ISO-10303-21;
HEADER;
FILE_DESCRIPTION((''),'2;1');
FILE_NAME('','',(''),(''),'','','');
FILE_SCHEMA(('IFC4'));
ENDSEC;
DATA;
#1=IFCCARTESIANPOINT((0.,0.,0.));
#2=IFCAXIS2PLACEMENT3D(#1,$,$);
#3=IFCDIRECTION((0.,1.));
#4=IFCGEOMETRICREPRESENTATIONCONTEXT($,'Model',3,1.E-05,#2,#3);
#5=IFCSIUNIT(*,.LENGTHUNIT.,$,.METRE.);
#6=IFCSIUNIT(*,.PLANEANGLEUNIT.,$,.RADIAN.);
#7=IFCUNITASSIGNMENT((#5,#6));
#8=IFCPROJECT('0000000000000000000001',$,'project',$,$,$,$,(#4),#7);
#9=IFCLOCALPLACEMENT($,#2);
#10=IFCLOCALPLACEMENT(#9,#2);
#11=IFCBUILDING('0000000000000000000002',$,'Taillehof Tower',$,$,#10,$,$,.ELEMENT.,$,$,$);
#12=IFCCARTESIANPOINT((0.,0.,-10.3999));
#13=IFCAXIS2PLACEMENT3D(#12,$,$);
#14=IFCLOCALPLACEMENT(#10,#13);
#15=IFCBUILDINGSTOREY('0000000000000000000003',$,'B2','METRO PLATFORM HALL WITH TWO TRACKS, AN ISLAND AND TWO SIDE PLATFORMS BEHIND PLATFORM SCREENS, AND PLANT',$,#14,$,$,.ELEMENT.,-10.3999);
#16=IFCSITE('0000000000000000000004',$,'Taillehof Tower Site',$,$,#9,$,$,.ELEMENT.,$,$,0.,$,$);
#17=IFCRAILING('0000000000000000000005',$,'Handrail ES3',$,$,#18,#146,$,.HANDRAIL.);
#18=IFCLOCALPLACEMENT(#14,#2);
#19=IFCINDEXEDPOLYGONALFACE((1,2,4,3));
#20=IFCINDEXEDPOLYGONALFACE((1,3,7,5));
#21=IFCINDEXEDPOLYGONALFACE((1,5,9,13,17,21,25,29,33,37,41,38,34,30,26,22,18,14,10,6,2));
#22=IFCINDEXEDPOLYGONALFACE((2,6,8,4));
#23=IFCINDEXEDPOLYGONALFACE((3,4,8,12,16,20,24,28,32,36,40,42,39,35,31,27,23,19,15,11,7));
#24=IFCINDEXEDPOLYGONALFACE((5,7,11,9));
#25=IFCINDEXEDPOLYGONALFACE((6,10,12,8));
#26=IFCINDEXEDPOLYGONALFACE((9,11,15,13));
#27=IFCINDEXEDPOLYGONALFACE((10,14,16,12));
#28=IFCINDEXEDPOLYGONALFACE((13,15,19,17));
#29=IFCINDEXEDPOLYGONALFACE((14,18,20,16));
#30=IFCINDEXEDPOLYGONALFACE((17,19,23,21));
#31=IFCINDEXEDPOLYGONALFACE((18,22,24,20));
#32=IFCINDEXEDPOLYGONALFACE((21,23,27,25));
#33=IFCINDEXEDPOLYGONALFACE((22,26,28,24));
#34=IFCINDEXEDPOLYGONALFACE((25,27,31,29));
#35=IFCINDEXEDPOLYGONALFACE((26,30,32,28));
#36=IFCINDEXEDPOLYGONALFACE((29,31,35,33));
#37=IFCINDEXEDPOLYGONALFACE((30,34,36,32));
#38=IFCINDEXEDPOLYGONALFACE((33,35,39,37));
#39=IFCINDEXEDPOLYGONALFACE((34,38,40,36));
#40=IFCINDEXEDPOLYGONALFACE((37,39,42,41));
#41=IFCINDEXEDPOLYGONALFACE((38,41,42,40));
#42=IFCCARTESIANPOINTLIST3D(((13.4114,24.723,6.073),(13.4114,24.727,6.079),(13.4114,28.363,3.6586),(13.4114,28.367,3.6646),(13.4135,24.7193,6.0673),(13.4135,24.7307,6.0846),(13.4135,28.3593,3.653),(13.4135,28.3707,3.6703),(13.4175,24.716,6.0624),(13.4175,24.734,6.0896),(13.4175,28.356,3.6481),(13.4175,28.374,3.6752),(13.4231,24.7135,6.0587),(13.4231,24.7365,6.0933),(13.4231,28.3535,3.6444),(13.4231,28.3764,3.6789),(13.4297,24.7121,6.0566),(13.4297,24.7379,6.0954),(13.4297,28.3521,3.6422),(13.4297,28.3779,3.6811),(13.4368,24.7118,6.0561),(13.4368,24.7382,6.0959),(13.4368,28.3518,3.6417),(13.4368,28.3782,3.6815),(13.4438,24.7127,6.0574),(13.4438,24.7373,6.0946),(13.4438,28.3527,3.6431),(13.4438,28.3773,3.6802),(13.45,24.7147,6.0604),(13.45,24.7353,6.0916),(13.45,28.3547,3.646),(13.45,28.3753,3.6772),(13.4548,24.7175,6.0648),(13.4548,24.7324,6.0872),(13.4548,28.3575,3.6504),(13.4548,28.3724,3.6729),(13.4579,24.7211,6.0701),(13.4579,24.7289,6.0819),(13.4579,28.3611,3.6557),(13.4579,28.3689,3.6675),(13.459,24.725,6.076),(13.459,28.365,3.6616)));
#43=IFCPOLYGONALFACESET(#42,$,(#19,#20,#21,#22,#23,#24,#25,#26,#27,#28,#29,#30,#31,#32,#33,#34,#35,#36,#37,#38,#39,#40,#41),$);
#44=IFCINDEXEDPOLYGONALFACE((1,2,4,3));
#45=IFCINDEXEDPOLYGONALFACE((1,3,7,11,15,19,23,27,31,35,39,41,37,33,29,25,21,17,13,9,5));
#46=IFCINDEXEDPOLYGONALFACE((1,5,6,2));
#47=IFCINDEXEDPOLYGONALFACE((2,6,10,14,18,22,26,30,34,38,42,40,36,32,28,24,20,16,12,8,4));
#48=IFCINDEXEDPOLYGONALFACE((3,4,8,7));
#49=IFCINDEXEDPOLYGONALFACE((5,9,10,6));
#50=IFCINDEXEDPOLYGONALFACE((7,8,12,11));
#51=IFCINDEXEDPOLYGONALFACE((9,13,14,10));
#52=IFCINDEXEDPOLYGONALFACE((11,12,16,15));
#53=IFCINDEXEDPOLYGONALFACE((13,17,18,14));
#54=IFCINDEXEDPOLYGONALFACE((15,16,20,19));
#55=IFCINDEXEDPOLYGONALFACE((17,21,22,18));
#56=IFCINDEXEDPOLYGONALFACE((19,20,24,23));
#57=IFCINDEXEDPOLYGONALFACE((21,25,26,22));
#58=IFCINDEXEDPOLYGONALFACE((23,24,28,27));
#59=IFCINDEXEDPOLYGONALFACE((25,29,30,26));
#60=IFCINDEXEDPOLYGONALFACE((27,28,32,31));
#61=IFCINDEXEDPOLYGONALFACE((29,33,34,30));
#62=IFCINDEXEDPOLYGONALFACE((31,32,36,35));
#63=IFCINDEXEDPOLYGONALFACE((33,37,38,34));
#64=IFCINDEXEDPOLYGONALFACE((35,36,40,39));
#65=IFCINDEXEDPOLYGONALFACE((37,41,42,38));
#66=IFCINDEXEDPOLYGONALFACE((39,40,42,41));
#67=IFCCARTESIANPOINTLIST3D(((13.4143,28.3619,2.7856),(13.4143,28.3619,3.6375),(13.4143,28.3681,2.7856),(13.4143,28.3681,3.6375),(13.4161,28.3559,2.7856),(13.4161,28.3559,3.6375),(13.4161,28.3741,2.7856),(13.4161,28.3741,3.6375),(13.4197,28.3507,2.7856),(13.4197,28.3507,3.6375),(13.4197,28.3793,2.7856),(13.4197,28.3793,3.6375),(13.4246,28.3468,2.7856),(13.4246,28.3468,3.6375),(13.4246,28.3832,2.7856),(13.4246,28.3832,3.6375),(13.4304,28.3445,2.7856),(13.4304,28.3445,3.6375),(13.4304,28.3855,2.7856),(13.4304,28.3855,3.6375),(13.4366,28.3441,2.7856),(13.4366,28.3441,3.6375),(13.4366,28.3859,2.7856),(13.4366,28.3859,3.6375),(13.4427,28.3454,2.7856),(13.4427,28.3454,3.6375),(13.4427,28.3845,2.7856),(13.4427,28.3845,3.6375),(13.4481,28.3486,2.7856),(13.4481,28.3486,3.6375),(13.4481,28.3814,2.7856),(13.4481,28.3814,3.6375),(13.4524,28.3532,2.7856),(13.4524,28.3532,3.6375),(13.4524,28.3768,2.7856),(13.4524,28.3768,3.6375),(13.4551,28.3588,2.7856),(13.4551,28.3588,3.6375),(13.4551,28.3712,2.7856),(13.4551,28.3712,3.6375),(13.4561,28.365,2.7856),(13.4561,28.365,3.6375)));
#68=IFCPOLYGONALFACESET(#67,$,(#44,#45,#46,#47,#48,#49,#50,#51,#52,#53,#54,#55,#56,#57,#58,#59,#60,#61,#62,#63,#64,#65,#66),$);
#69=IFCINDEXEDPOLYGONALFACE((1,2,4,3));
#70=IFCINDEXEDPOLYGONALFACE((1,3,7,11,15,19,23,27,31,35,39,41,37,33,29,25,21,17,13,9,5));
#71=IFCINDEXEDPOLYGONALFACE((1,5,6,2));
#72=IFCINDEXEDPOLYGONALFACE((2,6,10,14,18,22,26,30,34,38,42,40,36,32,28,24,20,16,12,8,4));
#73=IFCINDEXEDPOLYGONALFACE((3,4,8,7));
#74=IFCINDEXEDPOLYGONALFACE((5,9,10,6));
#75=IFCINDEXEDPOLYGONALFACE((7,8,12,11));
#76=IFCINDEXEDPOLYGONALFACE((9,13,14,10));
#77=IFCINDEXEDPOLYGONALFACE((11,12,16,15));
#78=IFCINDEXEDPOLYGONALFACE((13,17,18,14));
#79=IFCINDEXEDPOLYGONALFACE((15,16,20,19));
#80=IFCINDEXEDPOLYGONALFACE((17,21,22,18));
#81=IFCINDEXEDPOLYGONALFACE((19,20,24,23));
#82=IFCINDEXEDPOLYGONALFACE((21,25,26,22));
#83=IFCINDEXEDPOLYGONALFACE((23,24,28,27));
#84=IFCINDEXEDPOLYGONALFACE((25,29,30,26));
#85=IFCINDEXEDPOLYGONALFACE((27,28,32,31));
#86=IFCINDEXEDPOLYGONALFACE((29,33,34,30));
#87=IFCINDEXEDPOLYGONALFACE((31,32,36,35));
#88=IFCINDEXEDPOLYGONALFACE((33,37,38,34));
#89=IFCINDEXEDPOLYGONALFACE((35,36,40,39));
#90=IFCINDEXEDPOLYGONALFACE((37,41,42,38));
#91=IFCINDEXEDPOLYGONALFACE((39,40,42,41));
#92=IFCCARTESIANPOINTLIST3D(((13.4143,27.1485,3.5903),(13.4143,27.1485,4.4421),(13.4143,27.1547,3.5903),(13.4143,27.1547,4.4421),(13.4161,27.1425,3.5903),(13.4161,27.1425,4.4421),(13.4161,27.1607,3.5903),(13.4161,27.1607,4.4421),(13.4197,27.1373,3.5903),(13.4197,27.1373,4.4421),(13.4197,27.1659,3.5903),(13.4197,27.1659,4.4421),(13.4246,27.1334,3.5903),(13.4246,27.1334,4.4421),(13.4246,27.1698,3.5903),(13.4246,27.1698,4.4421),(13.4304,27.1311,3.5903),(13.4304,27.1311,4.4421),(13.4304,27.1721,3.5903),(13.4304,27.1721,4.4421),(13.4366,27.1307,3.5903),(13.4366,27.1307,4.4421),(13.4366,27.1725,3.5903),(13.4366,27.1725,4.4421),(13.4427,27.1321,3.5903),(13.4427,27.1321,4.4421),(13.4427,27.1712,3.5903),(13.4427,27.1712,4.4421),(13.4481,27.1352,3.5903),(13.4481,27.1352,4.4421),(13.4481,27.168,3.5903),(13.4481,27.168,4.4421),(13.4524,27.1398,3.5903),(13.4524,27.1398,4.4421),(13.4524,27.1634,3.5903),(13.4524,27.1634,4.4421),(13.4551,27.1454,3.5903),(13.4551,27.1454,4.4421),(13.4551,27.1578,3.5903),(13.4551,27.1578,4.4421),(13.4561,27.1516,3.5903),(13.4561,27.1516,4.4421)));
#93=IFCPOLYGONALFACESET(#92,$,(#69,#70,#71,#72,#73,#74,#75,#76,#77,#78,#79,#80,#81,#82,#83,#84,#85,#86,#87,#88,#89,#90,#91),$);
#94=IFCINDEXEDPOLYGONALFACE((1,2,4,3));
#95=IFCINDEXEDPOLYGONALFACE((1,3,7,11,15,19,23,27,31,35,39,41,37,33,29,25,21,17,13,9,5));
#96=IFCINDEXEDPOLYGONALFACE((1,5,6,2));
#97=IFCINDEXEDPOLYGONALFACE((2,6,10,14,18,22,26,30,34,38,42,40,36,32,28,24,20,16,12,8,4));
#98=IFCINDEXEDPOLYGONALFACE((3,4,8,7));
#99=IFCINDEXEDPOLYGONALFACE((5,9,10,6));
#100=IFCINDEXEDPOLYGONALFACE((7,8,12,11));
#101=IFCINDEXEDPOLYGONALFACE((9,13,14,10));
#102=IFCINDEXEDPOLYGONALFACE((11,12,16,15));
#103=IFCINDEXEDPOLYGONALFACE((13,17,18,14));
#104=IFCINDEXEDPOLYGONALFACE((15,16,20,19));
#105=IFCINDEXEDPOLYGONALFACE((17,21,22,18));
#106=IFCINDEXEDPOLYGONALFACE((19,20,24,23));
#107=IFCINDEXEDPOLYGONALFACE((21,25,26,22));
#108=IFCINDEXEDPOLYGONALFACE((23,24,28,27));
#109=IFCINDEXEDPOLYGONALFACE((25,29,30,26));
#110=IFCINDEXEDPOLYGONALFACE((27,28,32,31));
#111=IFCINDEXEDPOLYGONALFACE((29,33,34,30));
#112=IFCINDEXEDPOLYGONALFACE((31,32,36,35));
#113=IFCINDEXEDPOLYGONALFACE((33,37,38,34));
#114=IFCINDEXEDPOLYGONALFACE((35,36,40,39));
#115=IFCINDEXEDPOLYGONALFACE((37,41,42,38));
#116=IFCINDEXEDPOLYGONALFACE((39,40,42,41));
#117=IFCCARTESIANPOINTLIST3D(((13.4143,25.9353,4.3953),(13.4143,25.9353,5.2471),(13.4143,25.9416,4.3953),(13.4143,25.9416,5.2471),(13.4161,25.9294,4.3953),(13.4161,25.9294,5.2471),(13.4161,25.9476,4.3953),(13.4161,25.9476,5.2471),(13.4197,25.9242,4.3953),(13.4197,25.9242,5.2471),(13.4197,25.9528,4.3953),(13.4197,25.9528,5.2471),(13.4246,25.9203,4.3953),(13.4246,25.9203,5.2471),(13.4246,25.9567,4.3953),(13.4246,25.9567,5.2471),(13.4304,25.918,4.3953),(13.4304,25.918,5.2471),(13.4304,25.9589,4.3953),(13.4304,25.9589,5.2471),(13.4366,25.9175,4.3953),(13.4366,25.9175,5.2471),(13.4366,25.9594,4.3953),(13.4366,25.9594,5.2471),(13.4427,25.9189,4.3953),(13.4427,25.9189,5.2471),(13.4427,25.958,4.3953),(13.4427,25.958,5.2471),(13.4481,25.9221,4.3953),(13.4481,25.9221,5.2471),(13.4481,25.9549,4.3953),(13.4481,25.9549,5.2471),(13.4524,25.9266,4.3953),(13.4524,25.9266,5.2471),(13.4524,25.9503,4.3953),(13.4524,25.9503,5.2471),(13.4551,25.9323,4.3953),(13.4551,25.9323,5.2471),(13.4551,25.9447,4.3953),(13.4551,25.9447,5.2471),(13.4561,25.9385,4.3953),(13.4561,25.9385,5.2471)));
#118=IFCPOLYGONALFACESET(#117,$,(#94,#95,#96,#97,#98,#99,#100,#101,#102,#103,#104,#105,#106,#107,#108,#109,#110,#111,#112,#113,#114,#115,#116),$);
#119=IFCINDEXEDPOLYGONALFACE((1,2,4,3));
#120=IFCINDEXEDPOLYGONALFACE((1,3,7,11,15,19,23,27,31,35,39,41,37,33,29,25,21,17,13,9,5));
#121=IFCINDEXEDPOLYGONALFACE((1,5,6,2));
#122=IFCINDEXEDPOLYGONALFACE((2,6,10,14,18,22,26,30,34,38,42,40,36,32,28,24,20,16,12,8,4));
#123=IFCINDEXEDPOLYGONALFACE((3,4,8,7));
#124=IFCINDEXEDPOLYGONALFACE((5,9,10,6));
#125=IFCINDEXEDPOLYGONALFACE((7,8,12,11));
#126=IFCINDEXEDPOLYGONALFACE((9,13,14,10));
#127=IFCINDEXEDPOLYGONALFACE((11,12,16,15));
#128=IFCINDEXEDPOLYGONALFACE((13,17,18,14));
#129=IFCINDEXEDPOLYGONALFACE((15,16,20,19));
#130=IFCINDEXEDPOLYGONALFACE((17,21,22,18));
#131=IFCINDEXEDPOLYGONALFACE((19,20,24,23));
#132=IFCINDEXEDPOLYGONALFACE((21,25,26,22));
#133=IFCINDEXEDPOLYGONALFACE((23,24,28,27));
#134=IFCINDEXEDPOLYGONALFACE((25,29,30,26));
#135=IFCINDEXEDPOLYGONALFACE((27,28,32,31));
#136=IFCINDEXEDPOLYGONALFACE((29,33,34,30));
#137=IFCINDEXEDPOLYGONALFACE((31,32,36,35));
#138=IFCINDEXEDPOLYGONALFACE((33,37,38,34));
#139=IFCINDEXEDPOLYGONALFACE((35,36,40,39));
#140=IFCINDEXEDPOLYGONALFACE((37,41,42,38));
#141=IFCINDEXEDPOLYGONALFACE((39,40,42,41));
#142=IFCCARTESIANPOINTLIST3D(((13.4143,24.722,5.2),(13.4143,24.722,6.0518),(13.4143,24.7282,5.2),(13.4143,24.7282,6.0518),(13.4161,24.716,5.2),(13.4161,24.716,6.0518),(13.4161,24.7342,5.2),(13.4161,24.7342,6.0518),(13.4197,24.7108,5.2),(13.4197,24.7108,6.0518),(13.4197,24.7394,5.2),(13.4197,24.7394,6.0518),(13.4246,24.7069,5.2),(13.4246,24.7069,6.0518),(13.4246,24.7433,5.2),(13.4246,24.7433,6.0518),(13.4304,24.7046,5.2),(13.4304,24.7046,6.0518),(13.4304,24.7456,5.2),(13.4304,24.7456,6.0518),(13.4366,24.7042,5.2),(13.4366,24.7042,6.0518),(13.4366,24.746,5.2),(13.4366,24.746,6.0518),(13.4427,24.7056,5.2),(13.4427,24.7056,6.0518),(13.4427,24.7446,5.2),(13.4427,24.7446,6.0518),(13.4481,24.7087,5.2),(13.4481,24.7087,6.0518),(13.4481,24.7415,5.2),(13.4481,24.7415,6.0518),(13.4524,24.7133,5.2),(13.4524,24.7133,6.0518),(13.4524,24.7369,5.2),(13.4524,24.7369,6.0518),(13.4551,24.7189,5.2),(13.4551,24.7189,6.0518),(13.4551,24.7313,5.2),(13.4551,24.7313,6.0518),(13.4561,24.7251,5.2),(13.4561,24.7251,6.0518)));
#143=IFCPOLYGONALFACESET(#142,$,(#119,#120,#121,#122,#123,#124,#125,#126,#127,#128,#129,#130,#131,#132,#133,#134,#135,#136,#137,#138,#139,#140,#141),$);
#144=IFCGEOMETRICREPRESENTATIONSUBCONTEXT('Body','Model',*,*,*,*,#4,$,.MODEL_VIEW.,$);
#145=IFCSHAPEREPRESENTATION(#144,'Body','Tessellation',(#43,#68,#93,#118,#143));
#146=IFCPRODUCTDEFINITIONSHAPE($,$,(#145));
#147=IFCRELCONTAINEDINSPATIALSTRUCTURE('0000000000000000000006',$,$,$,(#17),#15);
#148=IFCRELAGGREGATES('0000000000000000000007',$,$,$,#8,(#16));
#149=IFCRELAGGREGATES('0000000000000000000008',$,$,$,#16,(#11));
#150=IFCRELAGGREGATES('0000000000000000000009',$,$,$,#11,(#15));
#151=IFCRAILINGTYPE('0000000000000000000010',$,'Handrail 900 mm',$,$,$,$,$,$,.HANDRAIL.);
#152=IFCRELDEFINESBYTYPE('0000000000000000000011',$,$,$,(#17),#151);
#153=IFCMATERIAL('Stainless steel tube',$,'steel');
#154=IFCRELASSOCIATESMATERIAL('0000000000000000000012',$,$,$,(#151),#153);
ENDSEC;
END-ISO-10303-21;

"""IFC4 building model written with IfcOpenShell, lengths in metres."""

from ifc_helpers import new_model, si_unit, direction, frame, origin, origin_2d, place, context, subcontext, project, spatial, circle, extrude, material, type_object, element, save


model = new_model("IFC4")

# Units and contexts
model_context = context("Model", 3, precision=1e-05, world=origin(), true_north=direction((0.0, 1.0)))
body_context = subcontext(model_context, "Body", "Model", "MODEL_VIEW")
ifc_project = project(units=[si_unit("LENGTHUNIT", "METRE"), si_unit("PLANEANGLEUNIT", "RADIAN")], contexts=[model_context])

# Site, building, storey
site_placement = place(None, origin())
site = spatial("IfcSite", under=ifc_project, at=site_placement, Name="Taillehof Tower Site", CompositionType="ELEMENT", RefElevation=0.0)
building_placement = place(site_placement, origin())
building = spatial("IfcBuilding", under=site, at=building_placement, Name="Taillehof Tower", CompositionType="ELEMENT")
storey_placement = place(building_placement, frame((0.0, 0.0, -10.3999)))
storey = spatial("IfcBuildingStorey", under=building, at=storey_placement, Name="B2", Description="METRO PLATFORM HALL WITH TWO TRACKS, AN ISLAND AND TWO SIDE PLATFORMS BEHIND PLATFORM SCREENS, AND PLANT", CompositionType="ELEMENT", Elevation=-10.3999)

# Railing
ifc_material_1 = material(Name="Stainless steel tube", Category="steel")
railing_type = type_object("IfcRailingType", Name="Handrail 900 mm", PredefinedType="HANDRAIL", material=ifc_material_1)
for number, where, name in (
    (1, (13.4351, 28.365, 2.7856), "Handrail ES3"),
):
    element("IfcRailing", number, at=place(storey_placement, frame(where)), inside=storey, type_object=railing_type, Name=name, PredefinedType="HANDRAIL", context=body_context, shape_type="SweptSolid", body=[
        extrude(circle(Radius=0.0239, at=origin_2d()), frame((0.0, 0.0, 0.876), z_axis=(0.0, -0.833347, 0.552751), x_axis=(1.0, 0.0, 0.0)), (0.0, 0.0, 1.0), 4.3679),
        extrude(circle(Radius=0.021, at=origin_2d()), origin(), (0.0, 0.0, 1.0), 0.8518),
        extrude(circle(Radius=0.021, at=origin_2d()), frame((0.0, -1.2134, 0.8047)), (0.0, 0.0, 1.0), 0.8518),
        extrude(circle(Radius=0.021, at=origin_2d()), frame((0.0, -2.4265, 1.6096)), (0.0, 0.0, 1.0), 0.8518),
        extrude(circle(Radius=0.021, at=origin_2d()), frame((0.0, -3.6399, 2.4143)), (0.0, 0.0, 1.0), 0.8518),
    ])

save(model, "model.ifc")
